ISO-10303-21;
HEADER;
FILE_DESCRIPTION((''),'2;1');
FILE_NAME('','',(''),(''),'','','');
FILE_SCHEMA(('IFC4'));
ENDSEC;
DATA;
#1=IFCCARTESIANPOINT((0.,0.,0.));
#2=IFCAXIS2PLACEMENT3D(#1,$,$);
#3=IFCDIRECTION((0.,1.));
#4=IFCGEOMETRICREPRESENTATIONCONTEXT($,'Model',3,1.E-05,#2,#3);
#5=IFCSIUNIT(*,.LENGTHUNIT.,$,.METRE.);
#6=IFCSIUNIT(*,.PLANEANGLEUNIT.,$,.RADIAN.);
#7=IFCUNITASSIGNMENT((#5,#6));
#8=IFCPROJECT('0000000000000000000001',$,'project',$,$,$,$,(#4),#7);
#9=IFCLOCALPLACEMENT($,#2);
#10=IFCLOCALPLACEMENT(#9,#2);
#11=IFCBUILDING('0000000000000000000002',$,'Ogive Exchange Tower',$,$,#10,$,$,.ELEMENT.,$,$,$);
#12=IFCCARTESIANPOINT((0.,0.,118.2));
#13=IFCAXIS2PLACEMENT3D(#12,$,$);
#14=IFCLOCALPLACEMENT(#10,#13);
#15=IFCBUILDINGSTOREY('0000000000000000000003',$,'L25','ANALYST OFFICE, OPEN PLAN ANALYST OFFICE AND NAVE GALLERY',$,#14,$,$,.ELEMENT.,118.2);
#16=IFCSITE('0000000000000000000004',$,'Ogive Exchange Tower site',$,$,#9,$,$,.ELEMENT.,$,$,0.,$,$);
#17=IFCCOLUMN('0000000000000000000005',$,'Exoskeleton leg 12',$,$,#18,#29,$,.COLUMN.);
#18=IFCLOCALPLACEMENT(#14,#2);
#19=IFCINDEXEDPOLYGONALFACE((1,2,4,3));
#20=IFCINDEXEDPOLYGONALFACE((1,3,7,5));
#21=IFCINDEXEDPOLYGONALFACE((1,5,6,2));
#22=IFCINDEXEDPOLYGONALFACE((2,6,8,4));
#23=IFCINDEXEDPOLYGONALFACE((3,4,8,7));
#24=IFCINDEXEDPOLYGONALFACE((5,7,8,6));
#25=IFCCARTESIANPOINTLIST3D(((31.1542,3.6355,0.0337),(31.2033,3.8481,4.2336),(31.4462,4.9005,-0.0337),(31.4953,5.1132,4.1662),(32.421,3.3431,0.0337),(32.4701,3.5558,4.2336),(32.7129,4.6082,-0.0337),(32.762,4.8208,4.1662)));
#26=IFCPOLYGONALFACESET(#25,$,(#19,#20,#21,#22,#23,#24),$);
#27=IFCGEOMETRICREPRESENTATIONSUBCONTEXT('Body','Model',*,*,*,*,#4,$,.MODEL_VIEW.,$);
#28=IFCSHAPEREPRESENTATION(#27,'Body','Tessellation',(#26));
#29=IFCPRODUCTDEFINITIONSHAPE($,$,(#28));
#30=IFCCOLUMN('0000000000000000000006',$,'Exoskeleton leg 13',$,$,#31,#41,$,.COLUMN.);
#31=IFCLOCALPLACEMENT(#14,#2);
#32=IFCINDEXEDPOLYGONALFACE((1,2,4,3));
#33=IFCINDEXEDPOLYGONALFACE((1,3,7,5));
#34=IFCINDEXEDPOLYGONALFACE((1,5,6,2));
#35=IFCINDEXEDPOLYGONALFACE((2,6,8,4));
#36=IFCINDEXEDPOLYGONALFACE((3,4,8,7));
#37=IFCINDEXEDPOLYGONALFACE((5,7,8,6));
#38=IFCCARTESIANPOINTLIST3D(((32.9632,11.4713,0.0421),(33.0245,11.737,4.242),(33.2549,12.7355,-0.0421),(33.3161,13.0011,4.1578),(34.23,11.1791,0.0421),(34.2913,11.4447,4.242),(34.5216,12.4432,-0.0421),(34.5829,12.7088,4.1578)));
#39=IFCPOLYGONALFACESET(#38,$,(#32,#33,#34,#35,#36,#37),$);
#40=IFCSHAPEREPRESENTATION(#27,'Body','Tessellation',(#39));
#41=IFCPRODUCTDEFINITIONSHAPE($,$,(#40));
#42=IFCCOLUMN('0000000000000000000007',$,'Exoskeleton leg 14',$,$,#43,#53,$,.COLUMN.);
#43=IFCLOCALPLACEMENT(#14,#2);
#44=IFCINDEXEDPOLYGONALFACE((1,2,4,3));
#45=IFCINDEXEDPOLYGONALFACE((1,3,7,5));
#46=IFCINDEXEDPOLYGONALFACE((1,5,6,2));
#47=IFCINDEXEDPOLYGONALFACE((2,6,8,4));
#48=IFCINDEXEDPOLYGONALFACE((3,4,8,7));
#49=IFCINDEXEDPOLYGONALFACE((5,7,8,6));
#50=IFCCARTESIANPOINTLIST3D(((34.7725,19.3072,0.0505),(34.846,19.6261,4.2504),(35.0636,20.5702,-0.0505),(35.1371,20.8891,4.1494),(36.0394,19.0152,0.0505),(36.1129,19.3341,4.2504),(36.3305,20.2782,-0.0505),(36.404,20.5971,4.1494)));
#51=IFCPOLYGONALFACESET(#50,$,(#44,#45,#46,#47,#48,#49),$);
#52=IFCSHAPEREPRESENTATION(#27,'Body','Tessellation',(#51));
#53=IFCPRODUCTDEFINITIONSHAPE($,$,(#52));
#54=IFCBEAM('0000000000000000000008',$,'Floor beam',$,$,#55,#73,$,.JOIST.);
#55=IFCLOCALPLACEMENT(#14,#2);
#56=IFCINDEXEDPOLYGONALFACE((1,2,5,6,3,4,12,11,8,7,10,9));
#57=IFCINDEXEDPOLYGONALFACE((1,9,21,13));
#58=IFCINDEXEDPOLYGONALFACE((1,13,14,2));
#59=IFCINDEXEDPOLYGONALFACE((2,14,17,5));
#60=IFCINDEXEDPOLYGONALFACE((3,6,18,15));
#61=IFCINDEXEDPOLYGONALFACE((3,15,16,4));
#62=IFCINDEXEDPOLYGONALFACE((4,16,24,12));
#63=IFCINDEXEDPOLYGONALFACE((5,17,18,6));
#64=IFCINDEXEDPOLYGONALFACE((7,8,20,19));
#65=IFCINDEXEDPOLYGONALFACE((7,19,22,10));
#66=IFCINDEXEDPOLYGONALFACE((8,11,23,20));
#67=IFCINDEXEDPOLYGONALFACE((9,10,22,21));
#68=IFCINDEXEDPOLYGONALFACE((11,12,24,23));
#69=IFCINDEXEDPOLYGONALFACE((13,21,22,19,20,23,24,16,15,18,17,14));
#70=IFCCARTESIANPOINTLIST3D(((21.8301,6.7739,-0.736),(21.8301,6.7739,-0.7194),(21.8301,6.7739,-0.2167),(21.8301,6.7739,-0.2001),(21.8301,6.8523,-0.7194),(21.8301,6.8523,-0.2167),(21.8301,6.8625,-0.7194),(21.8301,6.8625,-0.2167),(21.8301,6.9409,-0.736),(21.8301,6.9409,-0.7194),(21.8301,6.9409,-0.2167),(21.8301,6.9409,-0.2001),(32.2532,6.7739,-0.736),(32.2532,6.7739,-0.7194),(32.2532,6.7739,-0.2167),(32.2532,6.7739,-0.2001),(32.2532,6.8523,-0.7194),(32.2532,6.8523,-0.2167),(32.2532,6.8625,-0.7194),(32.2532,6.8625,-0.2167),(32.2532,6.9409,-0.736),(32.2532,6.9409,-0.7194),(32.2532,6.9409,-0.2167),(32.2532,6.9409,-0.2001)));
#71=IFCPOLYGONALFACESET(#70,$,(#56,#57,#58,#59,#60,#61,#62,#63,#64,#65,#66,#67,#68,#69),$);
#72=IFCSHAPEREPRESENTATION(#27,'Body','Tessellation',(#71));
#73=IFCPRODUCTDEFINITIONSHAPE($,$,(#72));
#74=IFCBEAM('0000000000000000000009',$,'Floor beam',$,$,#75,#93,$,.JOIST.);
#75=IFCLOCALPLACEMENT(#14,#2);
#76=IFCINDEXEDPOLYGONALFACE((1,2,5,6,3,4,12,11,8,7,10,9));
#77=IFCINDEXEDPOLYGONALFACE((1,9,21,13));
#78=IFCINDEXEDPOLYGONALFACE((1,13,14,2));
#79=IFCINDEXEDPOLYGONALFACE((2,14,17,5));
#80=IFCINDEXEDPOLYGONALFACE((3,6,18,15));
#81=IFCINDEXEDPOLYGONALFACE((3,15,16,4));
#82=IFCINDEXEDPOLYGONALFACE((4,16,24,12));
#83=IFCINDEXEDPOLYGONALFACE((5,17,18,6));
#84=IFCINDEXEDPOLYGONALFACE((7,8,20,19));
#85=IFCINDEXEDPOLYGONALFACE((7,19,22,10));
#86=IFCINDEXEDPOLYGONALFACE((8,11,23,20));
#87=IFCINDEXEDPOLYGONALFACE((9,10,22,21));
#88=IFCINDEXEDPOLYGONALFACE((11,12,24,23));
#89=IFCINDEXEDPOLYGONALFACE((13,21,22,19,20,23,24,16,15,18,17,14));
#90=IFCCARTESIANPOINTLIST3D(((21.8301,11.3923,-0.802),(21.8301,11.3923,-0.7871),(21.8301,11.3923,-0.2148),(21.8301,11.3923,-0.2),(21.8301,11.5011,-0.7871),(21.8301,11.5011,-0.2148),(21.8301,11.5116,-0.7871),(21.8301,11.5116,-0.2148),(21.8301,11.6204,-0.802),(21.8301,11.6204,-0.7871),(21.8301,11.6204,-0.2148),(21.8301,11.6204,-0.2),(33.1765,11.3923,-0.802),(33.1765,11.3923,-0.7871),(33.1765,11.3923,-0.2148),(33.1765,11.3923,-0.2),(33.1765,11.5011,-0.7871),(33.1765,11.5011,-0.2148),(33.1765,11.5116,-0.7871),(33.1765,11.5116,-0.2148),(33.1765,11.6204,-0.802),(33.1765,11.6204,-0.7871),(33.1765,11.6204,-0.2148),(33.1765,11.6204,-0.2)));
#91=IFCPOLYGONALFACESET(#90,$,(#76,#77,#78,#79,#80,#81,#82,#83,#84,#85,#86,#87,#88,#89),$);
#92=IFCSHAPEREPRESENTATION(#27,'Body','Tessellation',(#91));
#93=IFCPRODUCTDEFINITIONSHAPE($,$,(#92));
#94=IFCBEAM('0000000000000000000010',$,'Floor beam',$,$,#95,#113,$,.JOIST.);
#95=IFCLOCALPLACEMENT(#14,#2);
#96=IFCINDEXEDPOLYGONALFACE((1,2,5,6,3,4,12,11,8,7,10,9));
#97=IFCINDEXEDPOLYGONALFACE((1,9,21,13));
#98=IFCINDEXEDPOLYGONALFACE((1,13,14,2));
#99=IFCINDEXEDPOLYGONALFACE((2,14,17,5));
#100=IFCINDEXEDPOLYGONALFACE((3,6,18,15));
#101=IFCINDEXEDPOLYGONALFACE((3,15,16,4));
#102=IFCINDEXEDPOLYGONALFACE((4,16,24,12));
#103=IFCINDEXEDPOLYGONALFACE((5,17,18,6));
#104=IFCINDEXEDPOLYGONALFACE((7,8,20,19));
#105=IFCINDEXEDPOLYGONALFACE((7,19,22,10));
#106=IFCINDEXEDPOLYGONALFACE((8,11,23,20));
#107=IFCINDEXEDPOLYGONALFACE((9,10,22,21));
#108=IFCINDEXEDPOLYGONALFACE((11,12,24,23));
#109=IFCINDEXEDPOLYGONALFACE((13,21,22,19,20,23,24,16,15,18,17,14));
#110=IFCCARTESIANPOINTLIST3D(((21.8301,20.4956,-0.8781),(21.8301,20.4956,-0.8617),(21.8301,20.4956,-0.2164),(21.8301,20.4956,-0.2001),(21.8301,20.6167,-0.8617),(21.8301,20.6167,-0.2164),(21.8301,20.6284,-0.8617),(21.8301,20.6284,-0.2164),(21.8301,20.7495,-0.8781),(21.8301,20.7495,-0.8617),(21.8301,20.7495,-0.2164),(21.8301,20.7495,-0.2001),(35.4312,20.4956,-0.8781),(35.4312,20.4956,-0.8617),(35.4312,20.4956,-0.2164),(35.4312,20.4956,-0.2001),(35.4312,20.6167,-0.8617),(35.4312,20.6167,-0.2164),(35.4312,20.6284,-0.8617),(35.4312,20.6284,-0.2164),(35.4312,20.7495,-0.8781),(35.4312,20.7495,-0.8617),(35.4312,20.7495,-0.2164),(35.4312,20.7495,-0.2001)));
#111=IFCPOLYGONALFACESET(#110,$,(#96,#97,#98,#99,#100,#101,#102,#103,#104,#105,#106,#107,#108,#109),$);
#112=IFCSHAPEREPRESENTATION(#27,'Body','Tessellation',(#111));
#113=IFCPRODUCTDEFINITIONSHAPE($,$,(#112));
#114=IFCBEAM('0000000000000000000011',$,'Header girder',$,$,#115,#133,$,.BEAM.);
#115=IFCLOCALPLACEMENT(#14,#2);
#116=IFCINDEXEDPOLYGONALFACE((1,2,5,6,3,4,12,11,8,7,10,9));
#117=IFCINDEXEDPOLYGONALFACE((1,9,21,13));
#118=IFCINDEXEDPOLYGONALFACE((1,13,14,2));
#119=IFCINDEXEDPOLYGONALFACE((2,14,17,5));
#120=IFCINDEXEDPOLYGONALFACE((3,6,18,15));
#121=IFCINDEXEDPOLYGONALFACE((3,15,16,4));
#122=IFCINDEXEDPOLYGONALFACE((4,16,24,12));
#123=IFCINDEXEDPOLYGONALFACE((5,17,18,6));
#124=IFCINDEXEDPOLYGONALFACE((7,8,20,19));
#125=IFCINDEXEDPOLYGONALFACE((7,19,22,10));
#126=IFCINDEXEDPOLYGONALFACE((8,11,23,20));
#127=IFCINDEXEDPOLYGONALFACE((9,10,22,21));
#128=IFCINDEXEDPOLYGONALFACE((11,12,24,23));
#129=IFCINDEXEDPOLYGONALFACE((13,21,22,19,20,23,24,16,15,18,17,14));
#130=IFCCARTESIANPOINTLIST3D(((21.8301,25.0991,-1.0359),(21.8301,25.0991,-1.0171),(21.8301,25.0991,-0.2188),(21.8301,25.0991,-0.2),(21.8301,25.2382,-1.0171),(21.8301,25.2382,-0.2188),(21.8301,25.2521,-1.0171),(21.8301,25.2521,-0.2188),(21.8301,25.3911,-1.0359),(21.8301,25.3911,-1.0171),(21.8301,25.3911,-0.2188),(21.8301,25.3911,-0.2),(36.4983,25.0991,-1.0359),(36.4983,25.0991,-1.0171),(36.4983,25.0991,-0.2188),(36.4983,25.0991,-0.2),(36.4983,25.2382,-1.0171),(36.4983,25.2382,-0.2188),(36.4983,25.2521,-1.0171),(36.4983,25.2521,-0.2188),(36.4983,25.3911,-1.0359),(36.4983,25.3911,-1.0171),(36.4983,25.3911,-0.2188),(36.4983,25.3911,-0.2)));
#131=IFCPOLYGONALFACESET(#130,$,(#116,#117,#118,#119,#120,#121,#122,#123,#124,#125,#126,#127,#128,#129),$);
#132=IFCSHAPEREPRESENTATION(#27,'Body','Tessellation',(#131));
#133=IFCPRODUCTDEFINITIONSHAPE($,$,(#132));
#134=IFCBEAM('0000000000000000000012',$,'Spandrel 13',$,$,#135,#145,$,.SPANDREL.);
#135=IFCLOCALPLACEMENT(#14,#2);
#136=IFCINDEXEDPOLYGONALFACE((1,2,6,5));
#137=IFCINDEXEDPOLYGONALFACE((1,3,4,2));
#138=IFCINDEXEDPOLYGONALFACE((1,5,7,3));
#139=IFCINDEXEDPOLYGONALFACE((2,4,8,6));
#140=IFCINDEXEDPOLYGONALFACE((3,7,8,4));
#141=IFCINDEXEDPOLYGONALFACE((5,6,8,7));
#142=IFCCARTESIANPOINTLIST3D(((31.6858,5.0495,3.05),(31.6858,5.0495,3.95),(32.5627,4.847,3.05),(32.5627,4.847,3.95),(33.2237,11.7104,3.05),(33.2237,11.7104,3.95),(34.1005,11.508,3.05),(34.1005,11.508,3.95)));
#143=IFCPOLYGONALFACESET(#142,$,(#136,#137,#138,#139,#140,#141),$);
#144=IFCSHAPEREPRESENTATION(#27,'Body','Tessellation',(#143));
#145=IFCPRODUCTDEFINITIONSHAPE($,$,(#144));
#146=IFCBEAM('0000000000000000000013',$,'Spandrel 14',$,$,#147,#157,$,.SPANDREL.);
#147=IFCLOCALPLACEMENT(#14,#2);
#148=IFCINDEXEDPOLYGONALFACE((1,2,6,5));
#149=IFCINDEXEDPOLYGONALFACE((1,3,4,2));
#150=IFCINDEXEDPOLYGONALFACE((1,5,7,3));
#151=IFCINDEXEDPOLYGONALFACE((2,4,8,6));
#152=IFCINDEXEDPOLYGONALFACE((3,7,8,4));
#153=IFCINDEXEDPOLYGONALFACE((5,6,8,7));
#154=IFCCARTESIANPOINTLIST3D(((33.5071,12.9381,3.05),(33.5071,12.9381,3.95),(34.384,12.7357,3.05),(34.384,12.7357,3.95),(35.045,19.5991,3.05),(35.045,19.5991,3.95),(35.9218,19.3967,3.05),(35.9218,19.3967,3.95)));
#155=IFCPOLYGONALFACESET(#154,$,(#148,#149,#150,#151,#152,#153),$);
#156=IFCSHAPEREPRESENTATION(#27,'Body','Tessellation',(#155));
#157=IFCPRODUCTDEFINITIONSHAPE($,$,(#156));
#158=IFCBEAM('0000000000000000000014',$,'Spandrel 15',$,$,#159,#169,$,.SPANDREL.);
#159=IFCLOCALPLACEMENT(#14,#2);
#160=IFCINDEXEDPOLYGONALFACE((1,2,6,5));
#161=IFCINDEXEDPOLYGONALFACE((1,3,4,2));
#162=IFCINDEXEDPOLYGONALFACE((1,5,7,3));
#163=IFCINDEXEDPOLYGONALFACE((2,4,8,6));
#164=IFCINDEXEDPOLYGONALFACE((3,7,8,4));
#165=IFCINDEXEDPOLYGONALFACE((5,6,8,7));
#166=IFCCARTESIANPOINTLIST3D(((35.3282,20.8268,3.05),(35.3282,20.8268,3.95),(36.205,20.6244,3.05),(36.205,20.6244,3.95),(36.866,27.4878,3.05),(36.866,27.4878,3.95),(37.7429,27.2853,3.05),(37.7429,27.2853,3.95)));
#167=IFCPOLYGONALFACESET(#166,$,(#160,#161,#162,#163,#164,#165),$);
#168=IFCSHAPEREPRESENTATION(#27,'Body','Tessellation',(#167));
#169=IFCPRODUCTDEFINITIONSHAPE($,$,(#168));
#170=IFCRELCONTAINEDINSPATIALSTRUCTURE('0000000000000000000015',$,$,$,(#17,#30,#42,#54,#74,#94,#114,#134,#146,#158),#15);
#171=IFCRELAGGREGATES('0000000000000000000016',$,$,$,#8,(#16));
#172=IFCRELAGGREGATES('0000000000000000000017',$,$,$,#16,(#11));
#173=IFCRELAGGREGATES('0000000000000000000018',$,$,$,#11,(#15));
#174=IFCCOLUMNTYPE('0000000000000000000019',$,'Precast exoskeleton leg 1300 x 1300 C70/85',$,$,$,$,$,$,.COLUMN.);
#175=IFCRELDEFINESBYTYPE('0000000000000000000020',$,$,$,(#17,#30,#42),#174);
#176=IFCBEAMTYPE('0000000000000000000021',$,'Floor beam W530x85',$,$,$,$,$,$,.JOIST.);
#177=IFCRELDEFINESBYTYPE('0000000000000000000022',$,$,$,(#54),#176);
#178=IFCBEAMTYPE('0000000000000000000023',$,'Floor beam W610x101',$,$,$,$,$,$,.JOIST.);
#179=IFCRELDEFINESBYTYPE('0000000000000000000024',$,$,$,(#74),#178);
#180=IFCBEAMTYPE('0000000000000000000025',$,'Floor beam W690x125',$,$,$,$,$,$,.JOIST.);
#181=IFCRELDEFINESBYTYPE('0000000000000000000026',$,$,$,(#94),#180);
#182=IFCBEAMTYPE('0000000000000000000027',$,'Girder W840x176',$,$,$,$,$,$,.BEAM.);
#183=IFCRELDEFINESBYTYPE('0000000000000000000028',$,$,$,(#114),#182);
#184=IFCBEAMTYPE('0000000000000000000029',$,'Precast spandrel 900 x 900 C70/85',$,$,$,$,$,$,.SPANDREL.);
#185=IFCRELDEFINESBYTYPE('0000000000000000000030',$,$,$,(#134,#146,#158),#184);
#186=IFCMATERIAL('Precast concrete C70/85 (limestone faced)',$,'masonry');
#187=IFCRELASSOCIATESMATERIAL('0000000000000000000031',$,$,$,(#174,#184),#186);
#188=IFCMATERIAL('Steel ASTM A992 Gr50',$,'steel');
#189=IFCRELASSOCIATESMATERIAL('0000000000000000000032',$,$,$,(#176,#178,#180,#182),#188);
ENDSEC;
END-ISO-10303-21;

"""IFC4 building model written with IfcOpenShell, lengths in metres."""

from ifc_helpers import new_model, si_unit, direction, frame, origin, origin_2d, place, context, subcontext, project, spatial, rectangle, i_section, extrude, material, material_profile, profile_set, type_object, element, save


model = new_model("IFC4")

# Units and contexts
model_context = context("Model", 3, precision=1e-05, world=origin(), true_north=direction((0.0, 1.0)))
body_context = subcontext(model_context, "Body", "Model", "MODEL_VIEW")
ifc_project = project(units=[si_unit("LENGTHUNIT", "METRE"), si_unit("PLANEANGLEUNIT", "RADIAN")], contexts=[model_context])

# Site, building, storey
site_placement = place(None, origin())
site = spatial("IfcSite", under=ifc_project, at=site_placement, Name="Ogive Exchange Tower site", CompositionType="ELEMENT", RefElevation=0.0)
building_placement = place(site_placement, origin())
building = spatial("IfcBuilding", under=site, at=building_placement, Name="Ogive Exchange Tower", CompositionType="ELEMENT")
storey_placement = place(building_placement, frame((0.0, 0.0, 118.2)))
storey = spatial("IfcBuildingStorey", under=building, at=storey_placement, Name="L25", Description="ANALYST OFFICE, OPEN PLAN ANALYST OFFICE AND NAVE GALLERY", CompositionType="ELEMENT", Elevation=118.2)

# Columns
ifc_material_1 = material(Name="Precast concrete C70/85 (limestone faced)", Category="masonry")
ifc_material_profile_1 = material_profile(ifc_material_1, rectangle(XDim=1.3, YDim=1.3, at=origin_2d()), Name="1300 x 1300")
ifc_profile_set_1 = profile_set([ifc_material_profile_1], Name="Precast concrete C70/85 (limestone faced)")
column_type = type_object("IfcColumnType", Name="Precast exoskeleton leg 1300 x 1300 C70/85", PredefinedType="COLUMN", material=ifc_profile_set_1)
column_1_placement = place(storey_placement, frame((31.9336, 4.1218, 0.0), z_axis=(0.011668, 0.050562, 0.998653), x_axis=(-0.974391, 0.22486, 0.0)))
element("IfcColumn", 1, at=column_1_placement, inside=storey, type_object=column_type, Name="Exoskeleton leg 12", PredefinedType="COLUMN", context=body_context, shape_type="SweptSolid", body=[
    extrude(rectangle(XDim=1.3, YDim=1.3, at=origin_2d()), origin(), (0.0, 0.0, 1.0), 4.2056),
])
column_2_placement = place(storey_placement, frame((33.7424, 11.9573, 0.0), z_axis=(0.01456, 0.063112, 0.9979), x_axis=(-0.974406, 0.224794, 0.0)))
element("IfcColumn", 2, at=column_2_placement, inside=storey, type_object=column_type, Name="Exoskeleton leg 13", PredefinedType="COLUMN", context=body_context, shape_type="SweptSolid", body=[
    extrude(rectangle(XDim=1.3, YDim=1.3, at=origin_2d()), origin(), (0.0, 0.0, 1.0), 4.2087),
])
column_3_placement = place(storey_placement, frame((35.5515, 19.7927, 0.0), z_axis=(0.017444, 0.075688, 0.996979), x_axis=(-0.974454, 0.224587, 0.0)))
element("IfcColumn", 3, at=column_3_placement, inside=storey, type_object=column_type, Name="Exoskeleton leg 14", PredefinedType="COLUMN", context=body_context, shape_type="SweptSolid", body=[
    extrude(rectangle(XDim=1.3, YDim=1.3, at=origin_2d()), origin(), (0.0, 0.0, 1.0), 4.2126),
])

# Beams
ifc_material_2 = material(Name="Steel ASTM A992 Gr50", Category="steel")
ifc_material_profile_2 = material_profile(ifc_material_2, i_section(OverallWidth=0.167, OverallDepth=0.5359, WebThickness=0.0103, FlangeThickness=0.0166, at=origin_2d()), Name="W530x85")
ifc_profile_set_2 = profile_set([ifc_material_profile_2], Name="Steel ASTM A992 Gr50")
beam_type_1 = type_object("IfcBeamType", Name="Floor beam W530x85", PredefinedType="JOIST", material=ifc_profile_set_2)
beam_1_placement = place(storey_placement, frame((21.8301, 6.8574, -0.468), z_axis=(1.0, 0.0, 0.0), x_axis=(0.0, 1.0, 0.0)))
element("IfcBeam", 4, at=beam_1_placement, inside=storey, type_object=beam_type_1, Name="Floor beam", PredefinedType="JOIST", context=body_context, shape_type="SweptSolid", body=[
    extrude(i_section(OverallWidth=0.167, OverallDepth=0.5359, WebThickness=0.0103, FlangeThickness=0.0166, at=origin_2d()), origin(), (0.0, 0.0, 1.0), 10.4231),
])
ifc_material_profile_3 = material_profile(ifc_material_2, i_section(OverallWidth=0.228, OverallDepth=0.6021, WebThickness=0.0105, FlangeThickness=0.0149, at=origin_2d()), Name="W610x101")
ifc_profile_set_3 = profile_set([ifc_material_profile_3], Name="Steel ASTM A992 Gr50")
beam_type_2 = type_object("IfcBeamType", Name="Floor beam W610x101", PredefinedType="JOIST", material=ifc_profile_set_3)
beam_2_placement = place(storey_placement, frame((21.8301, 11.5063, -0.501), z_axis=(1.0, 0.0, 0.0), x_axis=(0.0, 1.0, 0.0)))
element("IfcBeam", 5, at=beam_2_placement, inside=storey, type_object=beam_type_2, Name="Floor beam", PredefinedType="JOIST", context=body_context, shape_type="SweptSolid", body=[
    extrude(i_section(OverallWidth=0.228, OverallDepth=0.6021, WebThickness=0.0105, FlangeThickness=0.0149, at=origin_2d()), origin(), (0.0, 0.0, 1.0), 11.3464),
])
ifc_material_profile_4 = material_profile(ifc_material_2, i_section(OverallWidth=0.2539, OverallDepth=0.678, WebThickness=0.0117, FlangeThickness=0.0164, at=origin_2d()), Name="W690x125")
ifc_profile_set_4 = profile_set([ifc_material_profile_4], Name="Steel ASTM A992 Gr50")
beam_type_3 = type_object("IfcBeamType", Name="Floor beam W690x125", PredefinedType="JOIST", material=ifc_profile_set_4)
beam_3_placement = place(storey_placement, frame((21.8301, 20.6226, -0.5391), z_axis=(1.0, 0.0, 0.0), x_axis=(0.0, 1.0, 0.0)))
element("IfcBeam", 6, at=beam_3_placement, inside=storey, type_object=beam_type_3, Name="Floor beam", PredefinedType="JOIST", context=body_context, shape_type="SweptSolid", body=[
    extrude(i_section(OverallWidth=0.2539, OverallDepth=0.678, WebThickness=0.0117, FlangeThickness=0.0164, at=origin_2d()), origin(), (0.0, 0.0, 1.0), 13.6011),
])
ifc_material_profile_5 = material_profile(ifc_material_2, i_section(OverallWidth=0.292, OverallDepth=0.8359, WebThickness=0.0139, FlangeThickness=0.0188, at=origin_2d()), Name="W840x176")
ifc_profile_set_5 = profile_set([ifc_material_profile_5], Name="Steel ASTM A992 Gr50")
beam_type_4 = type_object("IfcBeamType", Name="Girder W840x176", PredefinedType="BEAM", material=ifc_profile_set_5)
beam_4_placement = place(storey_placement, frame((21.8301, 25.2451, -0.6179), z_axis=(1.0, 0.0, 0.0), x_axis=(0.0, 1.0, 0.0)))
element("IfcBeam", 7, at=beam_4_placement, inside=storey, type_object=beam_type_4, Name="Header girder", PredefinedType="BEAM", context=body_context, shape_type="SweptSolid", body=[
    extrude(i_section(OverallWidth=0.292, OverallDepth=0.8359, WebThickness=0.0139, FlangeThickness=0.0188, at=origin_2d()), origin(), (0.0, 0.0, 1.0), 14.6682),
])
ifc_material_profile_6 = material_profile(ifc_material_1, rectangle(XDim=0.8999, YDim=0.8999, at=origin_2d()), Name="900 x 900")
ifc_profile_set_6 = profile_set([ifc_material_profile_6], Name="Precast concrete C70/85 (limestone faced)")
beam_type_5 = type_object("IfcBeamType", Name="Precast spandrel 900 x 900 C70/85", PredefinedType="SPANDREL", material=ifc_profile_set_6)
for number, where, z_axis, x_axis, name in (
    (8, (32.1243, 4.9482, 3.5), (0.224959, 0.974368, 0.0), (-0.974368, 0.224959, 0.0), "Spandrel 13"),
    (9, (33.9456, 12.8369, 3.5), (0.224959, 0.974368, 0.0), (-0.974368, 0.224959, 0.0), "Spandrel 14"),
    (10, (35.7666, 20.7256, 3.5), (0.224959, 0.974368, 0.0), (-0.974368, 0.224959, 0.0), "Spandrel 15"),
):
    element("IfcBeam", number, at=place(storey_placement, frame(where, z_axis=z_axis, x_axis=x_axis)), inside=storey, type_object=beam_type_5, Name=name, PredefinedType="SPANDREL", context=body_context, shape_type="SweptSolid", body=[
        extrude(rectangle(XDim=0.8999, YDim=0.8999, at=origin_2d()), origin(), (0.0, 0.0, 1.0), 6.8362),
    ])

save(model, "model.ifc")
